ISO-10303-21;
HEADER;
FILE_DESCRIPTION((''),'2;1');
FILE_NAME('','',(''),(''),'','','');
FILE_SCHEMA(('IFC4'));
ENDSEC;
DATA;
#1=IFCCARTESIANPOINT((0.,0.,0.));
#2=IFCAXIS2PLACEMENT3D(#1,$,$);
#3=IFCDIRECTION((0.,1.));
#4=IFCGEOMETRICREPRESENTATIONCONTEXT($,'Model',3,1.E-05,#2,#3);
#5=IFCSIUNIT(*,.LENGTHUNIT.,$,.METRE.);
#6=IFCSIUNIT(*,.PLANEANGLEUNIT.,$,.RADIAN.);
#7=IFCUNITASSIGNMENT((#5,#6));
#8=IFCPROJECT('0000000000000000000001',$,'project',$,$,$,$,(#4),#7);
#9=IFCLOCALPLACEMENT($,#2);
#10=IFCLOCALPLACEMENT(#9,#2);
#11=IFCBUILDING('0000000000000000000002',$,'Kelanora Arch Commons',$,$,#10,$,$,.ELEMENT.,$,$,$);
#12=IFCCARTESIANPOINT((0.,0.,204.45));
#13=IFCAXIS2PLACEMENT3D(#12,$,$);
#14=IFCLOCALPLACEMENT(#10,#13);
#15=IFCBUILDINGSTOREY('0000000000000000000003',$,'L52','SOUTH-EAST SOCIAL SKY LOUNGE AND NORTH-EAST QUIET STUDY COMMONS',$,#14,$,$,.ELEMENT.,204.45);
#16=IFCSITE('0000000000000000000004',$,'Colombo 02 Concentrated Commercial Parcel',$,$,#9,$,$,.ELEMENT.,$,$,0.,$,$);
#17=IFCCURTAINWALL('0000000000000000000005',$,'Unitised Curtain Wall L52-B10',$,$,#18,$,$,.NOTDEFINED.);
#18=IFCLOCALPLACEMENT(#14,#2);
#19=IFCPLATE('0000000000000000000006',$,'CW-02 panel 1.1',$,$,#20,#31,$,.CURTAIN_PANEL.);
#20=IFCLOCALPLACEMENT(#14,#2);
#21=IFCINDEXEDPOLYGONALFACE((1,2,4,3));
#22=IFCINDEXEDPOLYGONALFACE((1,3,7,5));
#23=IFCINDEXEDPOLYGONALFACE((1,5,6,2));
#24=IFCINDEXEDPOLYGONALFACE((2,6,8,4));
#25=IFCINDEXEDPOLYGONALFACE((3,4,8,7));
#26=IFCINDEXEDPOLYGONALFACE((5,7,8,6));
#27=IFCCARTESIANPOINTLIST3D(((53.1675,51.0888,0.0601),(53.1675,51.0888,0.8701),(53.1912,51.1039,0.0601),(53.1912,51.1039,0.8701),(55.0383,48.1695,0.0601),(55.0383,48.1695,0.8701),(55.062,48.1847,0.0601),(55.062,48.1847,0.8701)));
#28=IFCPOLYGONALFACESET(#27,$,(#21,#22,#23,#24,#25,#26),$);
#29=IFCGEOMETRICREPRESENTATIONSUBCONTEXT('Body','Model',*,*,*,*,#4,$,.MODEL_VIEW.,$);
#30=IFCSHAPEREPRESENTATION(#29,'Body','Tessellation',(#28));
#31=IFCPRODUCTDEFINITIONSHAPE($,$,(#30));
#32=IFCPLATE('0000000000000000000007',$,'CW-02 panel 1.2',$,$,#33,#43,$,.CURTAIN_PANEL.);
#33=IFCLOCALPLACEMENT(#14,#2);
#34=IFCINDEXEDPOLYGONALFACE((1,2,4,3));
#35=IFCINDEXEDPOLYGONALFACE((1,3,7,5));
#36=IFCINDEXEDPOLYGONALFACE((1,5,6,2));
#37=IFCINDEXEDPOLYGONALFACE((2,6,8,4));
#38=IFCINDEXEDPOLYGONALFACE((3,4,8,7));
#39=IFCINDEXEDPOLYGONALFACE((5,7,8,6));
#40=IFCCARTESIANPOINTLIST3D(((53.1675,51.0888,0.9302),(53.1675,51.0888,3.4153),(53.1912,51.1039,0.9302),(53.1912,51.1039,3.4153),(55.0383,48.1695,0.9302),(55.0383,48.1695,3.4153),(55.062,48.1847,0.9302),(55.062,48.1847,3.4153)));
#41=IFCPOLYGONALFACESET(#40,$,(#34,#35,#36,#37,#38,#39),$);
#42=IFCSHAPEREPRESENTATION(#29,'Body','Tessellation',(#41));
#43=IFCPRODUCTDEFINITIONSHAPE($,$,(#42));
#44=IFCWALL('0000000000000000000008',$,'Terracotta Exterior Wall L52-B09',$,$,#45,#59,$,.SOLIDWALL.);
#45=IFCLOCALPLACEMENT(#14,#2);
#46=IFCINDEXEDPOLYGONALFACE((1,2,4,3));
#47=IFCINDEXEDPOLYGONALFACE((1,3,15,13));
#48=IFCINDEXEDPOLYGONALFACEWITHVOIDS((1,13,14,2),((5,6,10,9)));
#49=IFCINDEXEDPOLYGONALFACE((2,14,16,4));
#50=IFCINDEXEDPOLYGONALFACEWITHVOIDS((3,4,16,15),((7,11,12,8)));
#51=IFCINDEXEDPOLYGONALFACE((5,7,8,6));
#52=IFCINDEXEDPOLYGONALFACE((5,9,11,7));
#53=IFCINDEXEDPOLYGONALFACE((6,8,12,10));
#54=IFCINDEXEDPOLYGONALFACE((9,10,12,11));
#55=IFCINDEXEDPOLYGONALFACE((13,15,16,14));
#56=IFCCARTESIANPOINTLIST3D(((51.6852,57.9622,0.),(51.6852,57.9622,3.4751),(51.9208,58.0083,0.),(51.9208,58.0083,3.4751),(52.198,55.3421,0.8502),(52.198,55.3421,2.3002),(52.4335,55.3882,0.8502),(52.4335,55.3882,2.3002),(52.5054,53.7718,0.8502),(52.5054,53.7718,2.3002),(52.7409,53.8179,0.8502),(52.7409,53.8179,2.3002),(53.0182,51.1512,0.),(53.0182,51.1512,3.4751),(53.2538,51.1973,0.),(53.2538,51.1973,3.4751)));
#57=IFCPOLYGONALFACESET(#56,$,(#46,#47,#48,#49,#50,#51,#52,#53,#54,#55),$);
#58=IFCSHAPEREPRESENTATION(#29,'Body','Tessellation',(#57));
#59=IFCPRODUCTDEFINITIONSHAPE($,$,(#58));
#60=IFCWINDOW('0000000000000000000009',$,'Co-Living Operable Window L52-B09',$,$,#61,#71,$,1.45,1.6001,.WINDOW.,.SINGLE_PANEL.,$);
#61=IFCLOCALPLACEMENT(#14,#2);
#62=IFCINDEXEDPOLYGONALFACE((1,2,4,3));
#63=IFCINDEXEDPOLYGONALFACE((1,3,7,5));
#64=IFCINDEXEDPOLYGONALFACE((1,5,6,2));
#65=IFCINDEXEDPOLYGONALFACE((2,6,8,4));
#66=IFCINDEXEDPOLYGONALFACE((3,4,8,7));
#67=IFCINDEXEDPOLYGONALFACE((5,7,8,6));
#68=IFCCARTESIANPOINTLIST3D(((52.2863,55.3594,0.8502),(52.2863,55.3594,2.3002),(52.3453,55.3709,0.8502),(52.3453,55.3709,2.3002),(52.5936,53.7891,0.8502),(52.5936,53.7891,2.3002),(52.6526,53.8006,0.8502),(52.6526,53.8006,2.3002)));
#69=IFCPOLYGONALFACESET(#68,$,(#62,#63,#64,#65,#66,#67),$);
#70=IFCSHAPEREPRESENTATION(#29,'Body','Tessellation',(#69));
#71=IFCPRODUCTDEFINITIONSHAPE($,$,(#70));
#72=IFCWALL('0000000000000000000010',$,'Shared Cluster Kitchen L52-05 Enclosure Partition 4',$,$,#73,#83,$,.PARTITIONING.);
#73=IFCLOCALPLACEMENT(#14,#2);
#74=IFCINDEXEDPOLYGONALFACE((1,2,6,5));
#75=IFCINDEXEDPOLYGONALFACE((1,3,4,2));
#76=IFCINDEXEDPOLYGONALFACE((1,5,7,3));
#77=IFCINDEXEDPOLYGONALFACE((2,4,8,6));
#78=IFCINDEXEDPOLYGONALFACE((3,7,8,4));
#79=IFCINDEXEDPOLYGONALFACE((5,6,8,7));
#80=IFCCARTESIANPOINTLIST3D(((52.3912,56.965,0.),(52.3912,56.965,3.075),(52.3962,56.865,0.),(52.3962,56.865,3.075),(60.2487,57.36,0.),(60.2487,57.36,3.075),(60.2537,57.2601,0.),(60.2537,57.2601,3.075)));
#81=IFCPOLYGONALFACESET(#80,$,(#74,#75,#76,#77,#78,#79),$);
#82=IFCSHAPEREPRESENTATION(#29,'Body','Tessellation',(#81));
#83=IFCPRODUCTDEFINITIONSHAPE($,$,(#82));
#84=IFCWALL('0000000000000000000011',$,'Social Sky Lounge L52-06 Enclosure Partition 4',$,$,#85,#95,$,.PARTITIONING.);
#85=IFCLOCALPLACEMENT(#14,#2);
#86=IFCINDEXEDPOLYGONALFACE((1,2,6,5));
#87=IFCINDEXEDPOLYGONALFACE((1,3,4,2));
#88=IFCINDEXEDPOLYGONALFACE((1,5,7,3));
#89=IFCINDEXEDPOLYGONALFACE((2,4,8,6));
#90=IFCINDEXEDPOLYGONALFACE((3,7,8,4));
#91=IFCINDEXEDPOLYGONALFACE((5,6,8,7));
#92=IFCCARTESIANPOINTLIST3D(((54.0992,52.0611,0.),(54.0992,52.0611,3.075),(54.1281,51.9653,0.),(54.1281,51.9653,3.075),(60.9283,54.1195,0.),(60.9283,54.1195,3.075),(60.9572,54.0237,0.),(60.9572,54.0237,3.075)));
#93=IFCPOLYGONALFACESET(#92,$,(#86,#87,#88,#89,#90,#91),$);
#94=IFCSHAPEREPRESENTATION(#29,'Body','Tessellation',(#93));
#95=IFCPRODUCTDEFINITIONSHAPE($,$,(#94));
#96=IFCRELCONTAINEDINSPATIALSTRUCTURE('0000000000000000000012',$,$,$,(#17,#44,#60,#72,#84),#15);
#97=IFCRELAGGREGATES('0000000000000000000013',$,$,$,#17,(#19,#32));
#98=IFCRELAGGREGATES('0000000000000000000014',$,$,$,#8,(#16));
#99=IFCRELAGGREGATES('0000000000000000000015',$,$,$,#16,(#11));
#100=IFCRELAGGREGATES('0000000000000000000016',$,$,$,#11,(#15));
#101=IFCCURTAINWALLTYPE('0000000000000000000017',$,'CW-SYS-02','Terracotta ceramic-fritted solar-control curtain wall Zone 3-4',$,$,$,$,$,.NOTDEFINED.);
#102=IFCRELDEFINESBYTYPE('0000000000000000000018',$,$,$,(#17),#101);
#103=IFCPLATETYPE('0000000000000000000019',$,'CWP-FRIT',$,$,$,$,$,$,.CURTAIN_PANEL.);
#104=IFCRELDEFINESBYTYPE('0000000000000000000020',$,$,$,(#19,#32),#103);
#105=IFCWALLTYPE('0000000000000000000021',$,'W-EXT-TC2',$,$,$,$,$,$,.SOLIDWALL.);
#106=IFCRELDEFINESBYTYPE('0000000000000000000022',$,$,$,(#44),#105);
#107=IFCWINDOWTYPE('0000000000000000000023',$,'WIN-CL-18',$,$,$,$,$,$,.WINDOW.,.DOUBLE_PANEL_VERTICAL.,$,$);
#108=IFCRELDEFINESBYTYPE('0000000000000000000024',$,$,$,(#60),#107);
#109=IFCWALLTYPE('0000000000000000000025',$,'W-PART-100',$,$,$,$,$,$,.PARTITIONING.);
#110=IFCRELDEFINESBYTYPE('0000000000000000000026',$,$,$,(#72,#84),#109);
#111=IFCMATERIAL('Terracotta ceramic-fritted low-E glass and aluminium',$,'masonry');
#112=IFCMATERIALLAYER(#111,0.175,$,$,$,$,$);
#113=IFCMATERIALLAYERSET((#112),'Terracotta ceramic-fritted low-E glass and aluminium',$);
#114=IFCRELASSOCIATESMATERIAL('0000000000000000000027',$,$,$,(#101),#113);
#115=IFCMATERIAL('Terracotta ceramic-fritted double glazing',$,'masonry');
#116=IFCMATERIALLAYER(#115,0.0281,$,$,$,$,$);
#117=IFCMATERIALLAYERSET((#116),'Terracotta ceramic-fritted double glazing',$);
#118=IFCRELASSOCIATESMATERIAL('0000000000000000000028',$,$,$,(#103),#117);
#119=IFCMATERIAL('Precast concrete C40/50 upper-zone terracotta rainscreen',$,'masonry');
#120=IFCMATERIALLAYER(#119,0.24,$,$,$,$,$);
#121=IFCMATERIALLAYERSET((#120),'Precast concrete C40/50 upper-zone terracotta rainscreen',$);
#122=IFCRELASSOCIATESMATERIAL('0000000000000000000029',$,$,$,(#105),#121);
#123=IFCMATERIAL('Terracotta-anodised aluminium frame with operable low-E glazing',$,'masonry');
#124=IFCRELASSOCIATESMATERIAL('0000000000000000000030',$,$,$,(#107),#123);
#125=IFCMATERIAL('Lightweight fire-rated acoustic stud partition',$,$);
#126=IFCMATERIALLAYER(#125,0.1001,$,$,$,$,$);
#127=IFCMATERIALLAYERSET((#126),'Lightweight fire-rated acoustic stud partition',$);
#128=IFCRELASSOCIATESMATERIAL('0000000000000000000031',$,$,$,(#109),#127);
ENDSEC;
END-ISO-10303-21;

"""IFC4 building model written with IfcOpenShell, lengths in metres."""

from ifc_helpers import new_model, si_unit, direction, frame, frame_2d, origin, origin_2d, place, context, subcontext, project, spatial, rectangle, extrude, source, transform, mapped, material, layer, layer_set, type_object, element, fill, aggregate, save


model = new_model("IFC4")

# Units and contexts
model_context = context("Model", 3, precision=1e-05, world=origin(), true_north=direction((0.0, 1.0)))
body_context = subcontext(model_context, "Body", "Model", "MODEL_VIEW")
ifc_project = project(units=[si_unit("LENGTHUNIT", "METRE"), si_unit("PLANEANGLEUNIT", "RADIAN")], contexts=[model_context])

# Site, building, storey
site_placement = place(None, origin())
site = spatial("IfcSite", under=ifc_project, at=site_placement, Name="Colombo 02 Concentrated Commercial Parcel", CompositionType="ELEMENT", RefElevation=0.0)
building_placement = place(site_placement, origin())
building = spatial("IfcBuilding", under=site, at=building_placement, Name="Kelanora Arch Commons", CompositionType="ELEMENT")
storey_placement = place(building_placement, frame((0.0, 0.0, 204.45)))
storey = spatial("IfcBuildingStorey", under=building, at=storey_placement, Name="L52", Description="SOUTH-EAST SOCIAL SKY LOUNGE AND NORTH-EAST QUIET STUDY COMMONS", CompositionType="ELEMENT", Elevation=204.45)

# Shared definitions
ifc_material_1 = material(Name="Terracotta ceramic-fritted low-E glass and aluminium", Category="masonry")
ifc_layer_1 = layer(ifc_material_1, 0.175)
ifc_layer_set_1 = layer_set([ifc_layer_1], Name="Terracotta ceramic-fritted low-E glass and aluminium")
curtain_wall_type = type_object("IfcCurtainWallType", Name="CW-SYS-02", Description="Terracotta ceramic-fritted solar-control curtain wall Zone 3-4", PredefinedType="NOTDEFINED", material=ifc_layer_set_1)

# Curtain wall
curtain_wall_1_placement = place(storey_placement, origin())
curtain_wall_1 = element("IfcCurtainWall", 1, at=curtain_wall_1_placement, inside=storey, type_object=curtain_wall_type, Name="Unitised Curtain Wall L52-B10", PredefinedType="NOTDEFINED")

# Plates
ifc_material_2 = material(Name="Terracotta ceramic-fritted double glazing", Category="masonry")
ifc_layer_2 = layer(ifc_material_2, 0.0281)
ifc_layer_set_2 = layer_set([ifc_layer_2], Name="Terracotta ceramic-fritted double glazing")
plate_type = type_object("IfcPlateType", Name="CWP-FRIT", PredefinedType="CURTAIN_PANEL", material=ifc_layer_set_2)
shared_shape_1 = source(origin(), body_context, "Body", "SweptSolid", [
    extrude(rectangle(XDim=3.4673, YDim=0.0281, at=origin_2d()), origin(), (0.0, 0.0, 1.0), 0.8101),
])
plate_1_placement = place(storey_placement, frame((54.1147, 49.6367, 0.0601), z_axis=(0.0, 0.0, 1.0), x_axis=(0.539559, -0.841948, 0.0)))
plate_1 = element("IfcPlate", 2, at=plate_1_placement, type_object=plate_type, Name="CW-02 panel 1.1", PredefinedType="CURTAIN_PANEL", context=body_context, shape_type="MappedRepresentation", body=[
    mapped(shared_shape_1, transform((0.0, 0.0, 0.0), scale=1.0)),
])
shared_shape_2 = source(origin(), body_context, "Body", "SweptSolid", [
    extrude(rectangle(XDim=3.4673, YDim=0.0281, at=origin_2d()), origin(), (0.0, 0.0, 1.0), 2.4851),
])
plate_2_placement = place(storey_placement, frame((54.1147, 49.6367, 0.9302), z_axis=(0.0, 0.0, 1.0), x_axis=(0.539559, -0.841948, 0.0)))
plate_2 = element("IfcPlate", 3, at=plate_2_placement, type_object=plate_type, Name="CW-02 panel 1.2", PredefinedType="CURTAIN_PANEL", context=body_context, shape_type="MappedRepresentation", body=[
    mapped(shared_shape_2, transform((0.0, 0.0, 0.0), scale=1.0)),
])
aggregate(curtain_wall_1, [plate_1, plate_2])

# Wall, opening, window
ifc_material_3 = material(Name="Precast concrete C40/50 upper-zone terracotta rainscreen", Category="masonry")
ifc_layer_3 = layer(ifc_material_3, 0.24)
ifc_layer_set_3 = layer_set([ifc_layer_3], Name="Precast concrete C40/50 upper-zone terracotta rainscreen")
wall_type_1 = type_object("IfcWallType", Name="W-EXT-TC2", PredefinedType="SOLIDWALL", material=ifc_layer_set_3)
wall_1_placement = place(storey_placement, frame((51.803, 57.9854, 0.0), z_axis=(0.0, 0.0, 1.0), x_axis=(0.192069, -0.981381, 0.0)))
wall_1 = element("IfcWall", 4, at=wall_1_placement, inside=storey, type_object=wall_type_1, Name="Terracotta Exterior Wall L52-B09", PredefinedType="SOLIDWALL", context=body_context, shape_type="SweptSolid", body=[
    extrude(rectangle(XDim=6.9402, YDim=0.24, at=frame_2d((3.4702, 0.0))), origin(), (0.0, 0.0, 1.0), 3.4751),
])
opening_placement = place(wall_1_placement, frame((2.6699, 0.0, 0.8501)))
opening = element("IfcOpeningElement", 5, at=opening_placement, cuts=wall_1, PredefinedType="OPENING", context=body_context, shape_type="SweptSolid", body=[
    extrude(rectangle(XDim=1.6001, YDim=1.45, at=frame_2d((0.8, 0.7251))), frame((0.0, 0.1299, 0.0), z_axis=(0.0, -1.0, 0.0), x_axis=(1.0, 0.0, 0.0)), (0.0, 0.0, 1.0), 0.26),
])
ifc_material_4 = material(Name="Terracotta-anodised aluminium frame with operable low-E glazing", Category="masonry")
window_type = type_object("IfcWindowType", Name="WIN-CL-18", PartitioningType="DOUBLE_PANEL_VERTICAL", PredefinedType="WINDOW", material=ifc_material_4)
window_placement = place(opening_placement, origin())
window = element("IfcWindow", 6, at=window_placement, inside=storey, type_object=window_type, Name="Co-Living Operable Window L52-B09", OverallHeight=1.45, OverallWidth=1.6001, PartitioningType="SINGLE_PANEL", PredefinedType="WINDOW", context=body_context, shape_type="SweptSolid", body=[
    extrude(rectangle(XDim=1.6001, YDim=1.45, at=frame_2d((0.8, 0.7251))), frame((0.0, 0.03, 0.0), z_axis=(0.0, -1.0, 0.0), x_axis=(1.0, 0.0, 0.0)), (0.0, 0.0, 1.0), 0.0601),
])
fill(opening, window)

# Walls
ifc_material_5 = material(Name="Lightweight fire-rated acoustic stud partition")
ifc_layer_4 = layer(ifc_material_5, 0.1001)
ifc_layer_set_4 = layer_set([ifc_layer_4], Name="Lightweight fire-rated acoustic stud partition")
wall_type_2 = type_object("IfcWallType", Name="W-PART-100", PredefinedType="PARTITIONING", material=ifc_layer_set_4)
wall_2_placement = place(storey_placement, frame((52.3938, 56.915, 0.0), z_axis=(0.0, 0.0, 1.0), x_axis=(0.998739, 0.05021, 0.0)))
element("IfcWall", 7, at=wall_2_placement, inside=storey, type_object=wall_type_2, Name="Shared Cluster Kitchen L52-05 Enclosure Partition 4", PredefinedType="PARTITIONING", context=body_context, shape_type="SweptSolid", body=[
    extrude(rectangle(XDim=7.8674, YDim=0.1001, at=frame_2d((3.9336, 0.0))), origin(), (0.0, 0.0, 1.0), 3.075),
])
wall_3_placement = place(storey_placement, frame((54.1135, 52.0132, 0.0), z_axis=(0.0, 0.0, 1.0), x_axis=(0.957454, 0.288585, 0.0)))
element("IfcWall", 8, at=wall_3_placement, inside=storey, type_object=wall_type_2, Name="Social Sky Lounge L52-06 Enclosure Partition 4", PredefinedType="PARTITIONING", context=body_context, shape_type="SweptSolid", body=[
    extrude(rectangle(XDim=7.1326, YDim=0.1001, at=frame_2d((3.5664, 0.0))), origin(), (0.0, 0.0, 1.0), 3.075),
])

save(model, "model.ifc")
